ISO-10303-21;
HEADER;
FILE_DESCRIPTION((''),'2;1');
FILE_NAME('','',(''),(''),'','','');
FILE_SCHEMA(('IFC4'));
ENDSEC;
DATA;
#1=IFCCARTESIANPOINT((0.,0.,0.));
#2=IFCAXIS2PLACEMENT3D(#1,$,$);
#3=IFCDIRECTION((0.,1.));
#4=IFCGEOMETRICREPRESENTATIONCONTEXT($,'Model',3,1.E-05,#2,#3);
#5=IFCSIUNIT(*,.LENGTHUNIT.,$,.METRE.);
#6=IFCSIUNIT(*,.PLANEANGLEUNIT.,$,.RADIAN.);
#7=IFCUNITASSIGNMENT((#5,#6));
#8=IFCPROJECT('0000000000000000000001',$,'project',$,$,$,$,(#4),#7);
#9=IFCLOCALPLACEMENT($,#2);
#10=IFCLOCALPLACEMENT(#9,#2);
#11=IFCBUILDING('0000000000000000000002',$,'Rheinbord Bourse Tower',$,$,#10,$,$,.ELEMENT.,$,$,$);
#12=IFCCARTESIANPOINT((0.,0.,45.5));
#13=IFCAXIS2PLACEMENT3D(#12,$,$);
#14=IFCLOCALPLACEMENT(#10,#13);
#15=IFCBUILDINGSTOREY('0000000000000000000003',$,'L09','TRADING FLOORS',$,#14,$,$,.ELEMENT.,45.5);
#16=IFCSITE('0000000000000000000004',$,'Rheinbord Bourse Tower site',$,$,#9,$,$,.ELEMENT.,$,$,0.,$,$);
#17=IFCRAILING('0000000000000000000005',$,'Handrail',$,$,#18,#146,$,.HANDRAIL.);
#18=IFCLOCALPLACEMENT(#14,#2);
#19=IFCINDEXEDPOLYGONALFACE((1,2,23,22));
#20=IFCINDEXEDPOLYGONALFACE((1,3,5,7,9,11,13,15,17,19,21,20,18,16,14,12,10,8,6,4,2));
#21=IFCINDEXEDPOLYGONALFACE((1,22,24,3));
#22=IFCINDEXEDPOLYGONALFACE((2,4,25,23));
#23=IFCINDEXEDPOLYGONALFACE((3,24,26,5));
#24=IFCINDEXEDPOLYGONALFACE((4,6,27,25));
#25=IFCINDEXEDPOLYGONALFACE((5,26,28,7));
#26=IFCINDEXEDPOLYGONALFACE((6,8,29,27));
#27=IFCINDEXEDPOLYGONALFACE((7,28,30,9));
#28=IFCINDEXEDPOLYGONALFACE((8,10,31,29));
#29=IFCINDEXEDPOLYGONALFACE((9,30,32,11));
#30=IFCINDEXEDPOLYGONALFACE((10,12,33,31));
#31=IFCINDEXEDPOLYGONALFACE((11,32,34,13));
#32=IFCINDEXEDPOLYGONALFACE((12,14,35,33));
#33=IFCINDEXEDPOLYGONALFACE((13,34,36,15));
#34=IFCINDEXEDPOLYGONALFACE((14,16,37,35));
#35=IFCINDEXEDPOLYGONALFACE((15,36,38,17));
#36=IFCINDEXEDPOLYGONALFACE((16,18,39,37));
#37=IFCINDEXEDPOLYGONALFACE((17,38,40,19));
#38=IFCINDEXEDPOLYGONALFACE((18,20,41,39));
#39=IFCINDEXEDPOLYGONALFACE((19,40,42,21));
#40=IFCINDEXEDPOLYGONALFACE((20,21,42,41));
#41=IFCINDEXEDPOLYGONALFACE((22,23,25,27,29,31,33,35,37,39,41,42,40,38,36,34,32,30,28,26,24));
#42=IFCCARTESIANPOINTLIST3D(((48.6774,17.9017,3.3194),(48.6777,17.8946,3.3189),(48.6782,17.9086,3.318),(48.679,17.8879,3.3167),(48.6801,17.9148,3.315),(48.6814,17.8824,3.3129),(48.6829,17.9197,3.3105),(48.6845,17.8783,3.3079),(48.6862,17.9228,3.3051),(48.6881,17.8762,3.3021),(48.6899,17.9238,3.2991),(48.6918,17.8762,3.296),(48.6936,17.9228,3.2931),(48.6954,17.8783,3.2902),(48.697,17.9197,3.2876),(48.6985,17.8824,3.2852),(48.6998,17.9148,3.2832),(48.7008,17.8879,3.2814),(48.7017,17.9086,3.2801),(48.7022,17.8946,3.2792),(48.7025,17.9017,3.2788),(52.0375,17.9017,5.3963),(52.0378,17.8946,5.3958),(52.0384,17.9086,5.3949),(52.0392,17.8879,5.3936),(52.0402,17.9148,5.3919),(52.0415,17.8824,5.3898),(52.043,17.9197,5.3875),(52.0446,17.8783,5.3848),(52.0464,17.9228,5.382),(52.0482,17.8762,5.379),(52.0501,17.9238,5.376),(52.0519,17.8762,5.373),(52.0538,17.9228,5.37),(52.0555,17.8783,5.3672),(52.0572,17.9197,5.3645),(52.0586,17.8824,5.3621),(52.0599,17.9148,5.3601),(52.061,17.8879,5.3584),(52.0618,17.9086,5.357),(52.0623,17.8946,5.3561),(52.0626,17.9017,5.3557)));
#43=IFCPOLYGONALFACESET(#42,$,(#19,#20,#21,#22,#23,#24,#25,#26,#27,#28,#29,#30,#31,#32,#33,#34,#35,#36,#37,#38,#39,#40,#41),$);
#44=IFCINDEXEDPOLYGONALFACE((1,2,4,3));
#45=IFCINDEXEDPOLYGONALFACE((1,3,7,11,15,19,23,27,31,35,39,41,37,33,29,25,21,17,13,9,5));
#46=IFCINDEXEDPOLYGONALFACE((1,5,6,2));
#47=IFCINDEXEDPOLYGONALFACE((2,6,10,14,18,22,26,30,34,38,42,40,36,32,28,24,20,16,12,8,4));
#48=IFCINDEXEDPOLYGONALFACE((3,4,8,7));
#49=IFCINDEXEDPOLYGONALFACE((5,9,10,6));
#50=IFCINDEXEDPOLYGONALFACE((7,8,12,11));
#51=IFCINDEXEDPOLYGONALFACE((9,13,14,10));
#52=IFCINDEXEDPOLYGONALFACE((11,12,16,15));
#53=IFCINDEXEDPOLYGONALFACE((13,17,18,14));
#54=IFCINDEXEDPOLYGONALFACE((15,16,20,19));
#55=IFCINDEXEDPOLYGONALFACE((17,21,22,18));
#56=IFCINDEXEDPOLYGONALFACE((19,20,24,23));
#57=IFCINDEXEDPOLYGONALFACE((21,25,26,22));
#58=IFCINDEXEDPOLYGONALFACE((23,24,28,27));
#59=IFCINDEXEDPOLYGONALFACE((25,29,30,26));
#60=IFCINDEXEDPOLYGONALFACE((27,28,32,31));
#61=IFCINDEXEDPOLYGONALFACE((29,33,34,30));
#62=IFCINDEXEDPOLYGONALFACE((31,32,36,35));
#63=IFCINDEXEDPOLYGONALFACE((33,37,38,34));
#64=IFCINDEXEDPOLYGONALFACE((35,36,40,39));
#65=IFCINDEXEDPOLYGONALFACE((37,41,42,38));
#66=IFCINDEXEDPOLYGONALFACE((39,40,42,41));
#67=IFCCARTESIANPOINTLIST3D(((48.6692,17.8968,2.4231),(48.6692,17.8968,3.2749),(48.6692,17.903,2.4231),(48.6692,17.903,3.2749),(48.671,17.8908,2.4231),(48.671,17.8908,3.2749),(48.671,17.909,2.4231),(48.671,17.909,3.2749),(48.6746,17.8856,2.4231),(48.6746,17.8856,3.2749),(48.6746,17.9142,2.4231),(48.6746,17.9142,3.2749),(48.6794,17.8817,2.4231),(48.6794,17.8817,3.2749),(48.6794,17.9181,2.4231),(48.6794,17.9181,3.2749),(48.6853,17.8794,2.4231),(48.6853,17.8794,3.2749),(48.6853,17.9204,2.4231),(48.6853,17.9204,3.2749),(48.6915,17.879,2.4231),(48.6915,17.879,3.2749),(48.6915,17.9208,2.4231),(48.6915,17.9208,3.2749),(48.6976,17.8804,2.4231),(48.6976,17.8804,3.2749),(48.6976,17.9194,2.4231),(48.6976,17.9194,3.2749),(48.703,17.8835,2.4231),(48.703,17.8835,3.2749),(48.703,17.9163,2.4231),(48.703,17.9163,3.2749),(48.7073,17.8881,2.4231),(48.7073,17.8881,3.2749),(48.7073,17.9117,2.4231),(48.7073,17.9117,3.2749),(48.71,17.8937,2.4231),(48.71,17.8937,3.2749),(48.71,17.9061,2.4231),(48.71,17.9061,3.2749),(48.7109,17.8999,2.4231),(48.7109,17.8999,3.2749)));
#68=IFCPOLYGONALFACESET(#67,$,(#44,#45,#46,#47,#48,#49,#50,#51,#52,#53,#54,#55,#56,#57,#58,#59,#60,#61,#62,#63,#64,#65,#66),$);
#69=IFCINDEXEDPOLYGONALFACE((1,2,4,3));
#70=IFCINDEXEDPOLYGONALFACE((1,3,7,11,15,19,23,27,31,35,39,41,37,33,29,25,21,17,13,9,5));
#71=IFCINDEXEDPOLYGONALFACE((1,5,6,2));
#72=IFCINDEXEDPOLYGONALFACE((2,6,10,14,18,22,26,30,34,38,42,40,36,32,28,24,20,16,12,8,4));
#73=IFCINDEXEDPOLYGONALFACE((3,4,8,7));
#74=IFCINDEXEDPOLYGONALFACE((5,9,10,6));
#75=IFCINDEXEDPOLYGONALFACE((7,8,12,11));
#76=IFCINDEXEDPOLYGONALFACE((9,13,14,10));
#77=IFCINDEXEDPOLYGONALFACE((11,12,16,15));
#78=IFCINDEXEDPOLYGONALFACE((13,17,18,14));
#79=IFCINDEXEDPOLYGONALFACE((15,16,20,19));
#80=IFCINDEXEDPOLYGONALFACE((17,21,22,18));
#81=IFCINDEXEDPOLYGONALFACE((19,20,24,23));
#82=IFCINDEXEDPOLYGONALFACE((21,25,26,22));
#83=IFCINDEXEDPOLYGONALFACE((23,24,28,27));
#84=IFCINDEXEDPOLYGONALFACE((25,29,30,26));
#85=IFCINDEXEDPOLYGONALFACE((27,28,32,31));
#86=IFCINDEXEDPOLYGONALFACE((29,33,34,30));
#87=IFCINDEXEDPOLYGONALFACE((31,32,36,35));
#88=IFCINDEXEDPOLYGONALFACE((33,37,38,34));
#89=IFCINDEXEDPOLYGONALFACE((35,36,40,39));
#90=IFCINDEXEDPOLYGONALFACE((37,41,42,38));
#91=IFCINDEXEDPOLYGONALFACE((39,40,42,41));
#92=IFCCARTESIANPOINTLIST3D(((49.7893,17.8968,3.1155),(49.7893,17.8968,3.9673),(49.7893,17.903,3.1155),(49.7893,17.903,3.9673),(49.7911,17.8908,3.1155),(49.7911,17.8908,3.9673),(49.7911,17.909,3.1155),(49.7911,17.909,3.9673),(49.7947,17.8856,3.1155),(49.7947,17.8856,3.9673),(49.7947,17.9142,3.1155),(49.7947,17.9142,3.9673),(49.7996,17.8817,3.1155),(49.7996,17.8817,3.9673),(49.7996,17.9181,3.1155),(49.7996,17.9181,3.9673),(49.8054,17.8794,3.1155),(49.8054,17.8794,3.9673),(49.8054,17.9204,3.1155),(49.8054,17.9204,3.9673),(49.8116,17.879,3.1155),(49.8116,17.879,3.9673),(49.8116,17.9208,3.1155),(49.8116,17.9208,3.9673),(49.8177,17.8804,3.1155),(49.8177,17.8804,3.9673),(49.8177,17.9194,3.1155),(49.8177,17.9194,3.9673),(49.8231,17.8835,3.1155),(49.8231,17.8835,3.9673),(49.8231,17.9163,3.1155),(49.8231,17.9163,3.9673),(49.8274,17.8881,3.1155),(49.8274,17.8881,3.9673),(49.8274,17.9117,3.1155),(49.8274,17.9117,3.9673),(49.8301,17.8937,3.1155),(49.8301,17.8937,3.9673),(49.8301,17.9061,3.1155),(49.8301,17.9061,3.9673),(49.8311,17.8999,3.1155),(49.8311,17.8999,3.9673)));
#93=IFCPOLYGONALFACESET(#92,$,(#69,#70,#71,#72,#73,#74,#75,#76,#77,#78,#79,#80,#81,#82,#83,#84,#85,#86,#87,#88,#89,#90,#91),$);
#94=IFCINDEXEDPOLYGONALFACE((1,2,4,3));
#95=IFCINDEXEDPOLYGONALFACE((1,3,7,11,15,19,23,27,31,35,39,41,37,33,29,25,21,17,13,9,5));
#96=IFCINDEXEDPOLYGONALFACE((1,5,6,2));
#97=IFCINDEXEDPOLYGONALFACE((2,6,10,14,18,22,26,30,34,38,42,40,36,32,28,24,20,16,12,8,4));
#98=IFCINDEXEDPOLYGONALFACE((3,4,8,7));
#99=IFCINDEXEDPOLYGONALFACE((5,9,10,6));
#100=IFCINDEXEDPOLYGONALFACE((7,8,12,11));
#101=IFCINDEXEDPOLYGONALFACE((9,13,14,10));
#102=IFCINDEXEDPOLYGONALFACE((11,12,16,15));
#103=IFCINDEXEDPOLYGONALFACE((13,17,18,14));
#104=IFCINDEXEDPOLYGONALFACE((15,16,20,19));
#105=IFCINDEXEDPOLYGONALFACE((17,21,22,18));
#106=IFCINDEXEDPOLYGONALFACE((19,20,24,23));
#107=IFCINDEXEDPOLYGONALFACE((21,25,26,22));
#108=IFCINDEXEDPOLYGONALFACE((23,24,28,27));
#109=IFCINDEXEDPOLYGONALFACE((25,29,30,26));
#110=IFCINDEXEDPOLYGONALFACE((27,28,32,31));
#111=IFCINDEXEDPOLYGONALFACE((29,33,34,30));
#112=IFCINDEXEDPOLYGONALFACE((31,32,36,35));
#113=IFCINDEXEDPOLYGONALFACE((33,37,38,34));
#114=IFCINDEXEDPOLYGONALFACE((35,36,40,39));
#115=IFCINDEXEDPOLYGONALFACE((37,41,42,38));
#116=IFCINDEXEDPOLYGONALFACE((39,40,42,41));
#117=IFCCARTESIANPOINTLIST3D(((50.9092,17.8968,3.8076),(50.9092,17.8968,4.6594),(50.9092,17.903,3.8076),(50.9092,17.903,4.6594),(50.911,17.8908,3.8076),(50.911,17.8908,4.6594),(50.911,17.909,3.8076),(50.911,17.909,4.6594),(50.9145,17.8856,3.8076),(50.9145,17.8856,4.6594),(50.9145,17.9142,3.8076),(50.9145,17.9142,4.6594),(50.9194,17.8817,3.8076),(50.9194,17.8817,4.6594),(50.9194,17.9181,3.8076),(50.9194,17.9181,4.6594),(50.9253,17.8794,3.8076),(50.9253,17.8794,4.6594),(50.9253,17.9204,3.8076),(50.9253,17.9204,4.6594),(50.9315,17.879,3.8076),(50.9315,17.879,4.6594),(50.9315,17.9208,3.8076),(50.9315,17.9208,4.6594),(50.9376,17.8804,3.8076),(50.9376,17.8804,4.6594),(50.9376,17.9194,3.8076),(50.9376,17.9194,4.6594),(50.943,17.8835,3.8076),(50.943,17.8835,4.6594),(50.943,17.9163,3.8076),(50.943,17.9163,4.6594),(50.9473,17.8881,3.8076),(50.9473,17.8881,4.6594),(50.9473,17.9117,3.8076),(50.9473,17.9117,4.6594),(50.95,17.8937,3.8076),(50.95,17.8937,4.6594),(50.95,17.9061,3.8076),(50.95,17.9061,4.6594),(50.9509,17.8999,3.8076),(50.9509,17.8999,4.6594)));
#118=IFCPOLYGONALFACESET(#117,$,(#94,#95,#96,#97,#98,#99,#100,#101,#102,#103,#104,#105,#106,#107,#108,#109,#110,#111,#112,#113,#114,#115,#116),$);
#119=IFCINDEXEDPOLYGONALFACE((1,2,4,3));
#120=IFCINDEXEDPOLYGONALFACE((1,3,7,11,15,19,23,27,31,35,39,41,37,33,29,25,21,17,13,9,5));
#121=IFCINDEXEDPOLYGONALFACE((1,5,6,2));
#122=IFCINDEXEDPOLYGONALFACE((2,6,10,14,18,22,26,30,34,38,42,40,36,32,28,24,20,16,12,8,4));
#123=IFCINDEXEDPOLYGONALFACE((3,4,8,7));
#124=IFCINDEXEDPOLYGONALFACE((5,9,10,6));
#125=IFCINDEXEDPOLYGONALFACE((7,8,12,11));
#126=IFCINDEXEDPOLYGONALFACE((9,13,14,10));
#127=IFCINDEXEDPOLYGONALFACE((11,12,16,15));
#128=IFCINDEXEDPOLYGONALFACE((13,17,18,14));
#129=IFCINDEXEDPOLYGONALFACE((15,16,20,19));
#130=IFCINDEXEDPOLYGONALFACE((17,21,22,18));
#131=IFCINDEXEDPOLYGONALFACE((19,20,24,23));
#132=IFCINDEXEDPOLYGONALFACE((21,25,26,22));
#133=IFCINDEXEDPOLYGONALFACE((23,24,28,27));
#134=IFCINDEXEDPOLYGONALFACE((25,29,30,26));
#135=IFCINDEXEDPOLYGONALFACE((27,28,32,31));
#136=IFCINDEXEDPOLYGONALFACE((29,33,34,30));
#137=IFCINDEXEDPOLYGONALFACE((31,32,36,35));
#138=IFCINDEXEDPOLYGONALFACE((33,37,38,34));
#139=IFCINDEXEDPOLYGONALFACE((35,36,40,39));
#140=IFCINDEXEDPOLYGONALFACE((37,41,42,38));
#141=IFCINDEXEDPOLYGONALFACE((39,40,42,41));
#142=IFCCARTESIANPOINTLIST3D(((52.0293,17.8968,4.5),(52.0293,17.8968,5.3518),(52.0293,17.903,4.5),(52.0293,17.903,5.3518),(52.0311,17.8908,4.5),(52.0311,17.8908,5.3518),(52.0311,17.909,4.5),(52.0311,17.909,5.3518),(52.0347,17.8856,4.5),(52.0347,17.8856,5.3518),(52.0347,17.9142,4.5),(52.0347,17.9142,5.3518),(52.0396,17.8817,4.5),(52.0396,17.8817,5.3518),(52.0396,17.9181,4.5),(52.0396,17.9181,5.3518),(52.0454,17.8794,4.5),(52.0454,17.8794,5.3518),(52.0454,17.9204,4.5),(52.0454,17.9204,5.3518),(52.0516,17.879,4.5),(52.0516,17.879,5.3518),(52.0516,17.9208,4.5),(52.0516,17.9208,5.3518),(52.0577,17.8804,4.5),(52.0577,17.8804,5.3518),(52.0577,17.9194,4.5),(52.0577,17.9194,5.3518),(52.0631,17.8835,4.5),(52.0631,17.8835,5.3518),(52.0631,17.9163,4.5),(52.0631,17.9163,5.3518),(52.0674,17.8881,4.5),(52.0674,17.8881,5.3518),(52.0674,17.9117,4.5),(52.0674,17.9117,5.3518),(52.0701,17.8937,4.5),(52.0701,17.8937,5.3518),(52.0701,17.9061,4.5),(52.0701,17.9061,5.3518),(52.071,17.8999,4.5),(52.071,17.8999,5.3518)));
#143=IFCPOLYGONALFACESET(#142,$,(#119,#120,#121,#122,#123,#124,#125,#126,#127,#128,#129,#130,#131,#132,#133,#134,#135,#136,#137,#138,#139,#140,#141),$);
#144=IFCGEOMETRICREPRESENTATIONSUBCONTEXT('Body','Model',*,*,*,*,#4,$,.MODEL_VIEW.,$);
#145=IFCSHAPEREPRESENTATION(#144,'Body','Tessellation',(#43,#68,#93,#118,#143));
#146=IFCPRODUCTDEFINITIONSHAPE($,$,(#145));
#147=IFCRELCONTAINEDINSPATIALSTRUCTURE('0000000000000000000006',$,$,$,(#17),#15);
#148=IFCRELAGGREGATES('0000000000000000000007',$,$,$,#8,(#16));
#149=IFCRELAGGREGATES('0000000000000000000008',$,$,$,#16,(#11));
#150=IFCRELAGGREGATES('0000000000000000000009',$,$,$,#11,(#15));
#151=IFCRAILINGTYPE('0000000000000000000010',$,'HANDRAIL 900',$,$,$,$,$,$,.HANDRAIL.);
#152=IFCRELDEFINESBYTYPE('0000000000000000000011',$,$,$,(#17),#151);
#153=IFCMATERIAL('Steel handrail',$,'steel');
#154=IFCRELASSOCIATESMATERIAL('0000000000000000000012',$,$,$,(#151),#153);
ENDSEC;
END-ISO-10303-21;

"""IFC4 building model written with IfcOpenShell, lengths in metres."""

from ifc_helpers import new_model, si_unit, direction, frame, origin, origin_2d, place, context, subcontext, project, spatial, circle, extrude, material, type_object, element, save


model = new_model("IFC4")

# Units and contexts
model_context = context("Model", 3, precision=1e-05, world=origin(), true_north=direction((0.0, 1.0)))
body_context = subcontext(model_context, "Body", "Model", "MODEL_VIEW")
ifc_project = project(units=[si_unit("LENGTHUNIT", "METRE"), si_unit("PLANEANGLEUNIT", "RADIAN")], contexts=[model_context])

# Site, building, storey
site_placement = place(None, origin())
site = spatial("IfcSite", under=ifc_project, at=site_placement, Name="Rheinbord Bourse Tower site", CompositionType="ELEMENT", RefElevation=0.0)
building_placement = place(site_placement, origin())
building = spatial("IfcBuilding", under=site, at=building_placement, Name="Rheinbord Bourse Tower", CompositionType="ELEMENT")
storey_placement = place(building_placement, frame((0.0, 0.0, 45.5)))
storey = spatial("IfcBuildingStorey", under=building, at=storey_placement, Name="L09", Description="TRADING FLOORS", CompositionType="ELEMENT", Elevation=45.5)

# Railing
ifc_material_1 = material(Name="Steel handrail", Category="steel")
railing_type = type_object("IfcRailingType", Name="HANDRAIL 900", PredefinedType="HANDRAIL", material=ifc_material_1)
railing_1_placement = place(storey_placement, frame((48.6899, 17.8999, 2.4231)))
element("IfcRailing", 1, at=railing_1_placement, inside=storey, type_object=railing_type, Name="Handrail", PredefinedType="HANDRAIL", context=body_context, shape_type="SweptSolid", body=[
    extrude(circle(Radius=0.0239, at=origin_2d()), frame((0.0, 0.0, 0.876), z_axis=(0.850623, 0.0, 0.525776), x_axis=(0.0, 1.0, 0.0)), (0.0, 0.0, 1.0), 3.9502),
    extrude(circle(Radius=0.021, at=origin_2d()), origin(), (0.0, 0.0, 1.0), 0.8518),
    extrude(circle(Radius=0.021, at=origin_2d()), frame((1.1201, 0.0, 0.6924)), (0.0, 0.0, 1.0), 0.8518),
    extrude(circle(Radius=0.021, at=origin_2d()), frame((2.24, 0.0, 1.3845)), (0.0, 0.0, 1.0), 0.8518),
    extrude(circle(Radius=0.021, at=origin_2d()), frame((3.3601, 0.0, 2.0769)), (0.0, 0.0, 1.0), 0.8518),
])

save(model, "model.ifc")
